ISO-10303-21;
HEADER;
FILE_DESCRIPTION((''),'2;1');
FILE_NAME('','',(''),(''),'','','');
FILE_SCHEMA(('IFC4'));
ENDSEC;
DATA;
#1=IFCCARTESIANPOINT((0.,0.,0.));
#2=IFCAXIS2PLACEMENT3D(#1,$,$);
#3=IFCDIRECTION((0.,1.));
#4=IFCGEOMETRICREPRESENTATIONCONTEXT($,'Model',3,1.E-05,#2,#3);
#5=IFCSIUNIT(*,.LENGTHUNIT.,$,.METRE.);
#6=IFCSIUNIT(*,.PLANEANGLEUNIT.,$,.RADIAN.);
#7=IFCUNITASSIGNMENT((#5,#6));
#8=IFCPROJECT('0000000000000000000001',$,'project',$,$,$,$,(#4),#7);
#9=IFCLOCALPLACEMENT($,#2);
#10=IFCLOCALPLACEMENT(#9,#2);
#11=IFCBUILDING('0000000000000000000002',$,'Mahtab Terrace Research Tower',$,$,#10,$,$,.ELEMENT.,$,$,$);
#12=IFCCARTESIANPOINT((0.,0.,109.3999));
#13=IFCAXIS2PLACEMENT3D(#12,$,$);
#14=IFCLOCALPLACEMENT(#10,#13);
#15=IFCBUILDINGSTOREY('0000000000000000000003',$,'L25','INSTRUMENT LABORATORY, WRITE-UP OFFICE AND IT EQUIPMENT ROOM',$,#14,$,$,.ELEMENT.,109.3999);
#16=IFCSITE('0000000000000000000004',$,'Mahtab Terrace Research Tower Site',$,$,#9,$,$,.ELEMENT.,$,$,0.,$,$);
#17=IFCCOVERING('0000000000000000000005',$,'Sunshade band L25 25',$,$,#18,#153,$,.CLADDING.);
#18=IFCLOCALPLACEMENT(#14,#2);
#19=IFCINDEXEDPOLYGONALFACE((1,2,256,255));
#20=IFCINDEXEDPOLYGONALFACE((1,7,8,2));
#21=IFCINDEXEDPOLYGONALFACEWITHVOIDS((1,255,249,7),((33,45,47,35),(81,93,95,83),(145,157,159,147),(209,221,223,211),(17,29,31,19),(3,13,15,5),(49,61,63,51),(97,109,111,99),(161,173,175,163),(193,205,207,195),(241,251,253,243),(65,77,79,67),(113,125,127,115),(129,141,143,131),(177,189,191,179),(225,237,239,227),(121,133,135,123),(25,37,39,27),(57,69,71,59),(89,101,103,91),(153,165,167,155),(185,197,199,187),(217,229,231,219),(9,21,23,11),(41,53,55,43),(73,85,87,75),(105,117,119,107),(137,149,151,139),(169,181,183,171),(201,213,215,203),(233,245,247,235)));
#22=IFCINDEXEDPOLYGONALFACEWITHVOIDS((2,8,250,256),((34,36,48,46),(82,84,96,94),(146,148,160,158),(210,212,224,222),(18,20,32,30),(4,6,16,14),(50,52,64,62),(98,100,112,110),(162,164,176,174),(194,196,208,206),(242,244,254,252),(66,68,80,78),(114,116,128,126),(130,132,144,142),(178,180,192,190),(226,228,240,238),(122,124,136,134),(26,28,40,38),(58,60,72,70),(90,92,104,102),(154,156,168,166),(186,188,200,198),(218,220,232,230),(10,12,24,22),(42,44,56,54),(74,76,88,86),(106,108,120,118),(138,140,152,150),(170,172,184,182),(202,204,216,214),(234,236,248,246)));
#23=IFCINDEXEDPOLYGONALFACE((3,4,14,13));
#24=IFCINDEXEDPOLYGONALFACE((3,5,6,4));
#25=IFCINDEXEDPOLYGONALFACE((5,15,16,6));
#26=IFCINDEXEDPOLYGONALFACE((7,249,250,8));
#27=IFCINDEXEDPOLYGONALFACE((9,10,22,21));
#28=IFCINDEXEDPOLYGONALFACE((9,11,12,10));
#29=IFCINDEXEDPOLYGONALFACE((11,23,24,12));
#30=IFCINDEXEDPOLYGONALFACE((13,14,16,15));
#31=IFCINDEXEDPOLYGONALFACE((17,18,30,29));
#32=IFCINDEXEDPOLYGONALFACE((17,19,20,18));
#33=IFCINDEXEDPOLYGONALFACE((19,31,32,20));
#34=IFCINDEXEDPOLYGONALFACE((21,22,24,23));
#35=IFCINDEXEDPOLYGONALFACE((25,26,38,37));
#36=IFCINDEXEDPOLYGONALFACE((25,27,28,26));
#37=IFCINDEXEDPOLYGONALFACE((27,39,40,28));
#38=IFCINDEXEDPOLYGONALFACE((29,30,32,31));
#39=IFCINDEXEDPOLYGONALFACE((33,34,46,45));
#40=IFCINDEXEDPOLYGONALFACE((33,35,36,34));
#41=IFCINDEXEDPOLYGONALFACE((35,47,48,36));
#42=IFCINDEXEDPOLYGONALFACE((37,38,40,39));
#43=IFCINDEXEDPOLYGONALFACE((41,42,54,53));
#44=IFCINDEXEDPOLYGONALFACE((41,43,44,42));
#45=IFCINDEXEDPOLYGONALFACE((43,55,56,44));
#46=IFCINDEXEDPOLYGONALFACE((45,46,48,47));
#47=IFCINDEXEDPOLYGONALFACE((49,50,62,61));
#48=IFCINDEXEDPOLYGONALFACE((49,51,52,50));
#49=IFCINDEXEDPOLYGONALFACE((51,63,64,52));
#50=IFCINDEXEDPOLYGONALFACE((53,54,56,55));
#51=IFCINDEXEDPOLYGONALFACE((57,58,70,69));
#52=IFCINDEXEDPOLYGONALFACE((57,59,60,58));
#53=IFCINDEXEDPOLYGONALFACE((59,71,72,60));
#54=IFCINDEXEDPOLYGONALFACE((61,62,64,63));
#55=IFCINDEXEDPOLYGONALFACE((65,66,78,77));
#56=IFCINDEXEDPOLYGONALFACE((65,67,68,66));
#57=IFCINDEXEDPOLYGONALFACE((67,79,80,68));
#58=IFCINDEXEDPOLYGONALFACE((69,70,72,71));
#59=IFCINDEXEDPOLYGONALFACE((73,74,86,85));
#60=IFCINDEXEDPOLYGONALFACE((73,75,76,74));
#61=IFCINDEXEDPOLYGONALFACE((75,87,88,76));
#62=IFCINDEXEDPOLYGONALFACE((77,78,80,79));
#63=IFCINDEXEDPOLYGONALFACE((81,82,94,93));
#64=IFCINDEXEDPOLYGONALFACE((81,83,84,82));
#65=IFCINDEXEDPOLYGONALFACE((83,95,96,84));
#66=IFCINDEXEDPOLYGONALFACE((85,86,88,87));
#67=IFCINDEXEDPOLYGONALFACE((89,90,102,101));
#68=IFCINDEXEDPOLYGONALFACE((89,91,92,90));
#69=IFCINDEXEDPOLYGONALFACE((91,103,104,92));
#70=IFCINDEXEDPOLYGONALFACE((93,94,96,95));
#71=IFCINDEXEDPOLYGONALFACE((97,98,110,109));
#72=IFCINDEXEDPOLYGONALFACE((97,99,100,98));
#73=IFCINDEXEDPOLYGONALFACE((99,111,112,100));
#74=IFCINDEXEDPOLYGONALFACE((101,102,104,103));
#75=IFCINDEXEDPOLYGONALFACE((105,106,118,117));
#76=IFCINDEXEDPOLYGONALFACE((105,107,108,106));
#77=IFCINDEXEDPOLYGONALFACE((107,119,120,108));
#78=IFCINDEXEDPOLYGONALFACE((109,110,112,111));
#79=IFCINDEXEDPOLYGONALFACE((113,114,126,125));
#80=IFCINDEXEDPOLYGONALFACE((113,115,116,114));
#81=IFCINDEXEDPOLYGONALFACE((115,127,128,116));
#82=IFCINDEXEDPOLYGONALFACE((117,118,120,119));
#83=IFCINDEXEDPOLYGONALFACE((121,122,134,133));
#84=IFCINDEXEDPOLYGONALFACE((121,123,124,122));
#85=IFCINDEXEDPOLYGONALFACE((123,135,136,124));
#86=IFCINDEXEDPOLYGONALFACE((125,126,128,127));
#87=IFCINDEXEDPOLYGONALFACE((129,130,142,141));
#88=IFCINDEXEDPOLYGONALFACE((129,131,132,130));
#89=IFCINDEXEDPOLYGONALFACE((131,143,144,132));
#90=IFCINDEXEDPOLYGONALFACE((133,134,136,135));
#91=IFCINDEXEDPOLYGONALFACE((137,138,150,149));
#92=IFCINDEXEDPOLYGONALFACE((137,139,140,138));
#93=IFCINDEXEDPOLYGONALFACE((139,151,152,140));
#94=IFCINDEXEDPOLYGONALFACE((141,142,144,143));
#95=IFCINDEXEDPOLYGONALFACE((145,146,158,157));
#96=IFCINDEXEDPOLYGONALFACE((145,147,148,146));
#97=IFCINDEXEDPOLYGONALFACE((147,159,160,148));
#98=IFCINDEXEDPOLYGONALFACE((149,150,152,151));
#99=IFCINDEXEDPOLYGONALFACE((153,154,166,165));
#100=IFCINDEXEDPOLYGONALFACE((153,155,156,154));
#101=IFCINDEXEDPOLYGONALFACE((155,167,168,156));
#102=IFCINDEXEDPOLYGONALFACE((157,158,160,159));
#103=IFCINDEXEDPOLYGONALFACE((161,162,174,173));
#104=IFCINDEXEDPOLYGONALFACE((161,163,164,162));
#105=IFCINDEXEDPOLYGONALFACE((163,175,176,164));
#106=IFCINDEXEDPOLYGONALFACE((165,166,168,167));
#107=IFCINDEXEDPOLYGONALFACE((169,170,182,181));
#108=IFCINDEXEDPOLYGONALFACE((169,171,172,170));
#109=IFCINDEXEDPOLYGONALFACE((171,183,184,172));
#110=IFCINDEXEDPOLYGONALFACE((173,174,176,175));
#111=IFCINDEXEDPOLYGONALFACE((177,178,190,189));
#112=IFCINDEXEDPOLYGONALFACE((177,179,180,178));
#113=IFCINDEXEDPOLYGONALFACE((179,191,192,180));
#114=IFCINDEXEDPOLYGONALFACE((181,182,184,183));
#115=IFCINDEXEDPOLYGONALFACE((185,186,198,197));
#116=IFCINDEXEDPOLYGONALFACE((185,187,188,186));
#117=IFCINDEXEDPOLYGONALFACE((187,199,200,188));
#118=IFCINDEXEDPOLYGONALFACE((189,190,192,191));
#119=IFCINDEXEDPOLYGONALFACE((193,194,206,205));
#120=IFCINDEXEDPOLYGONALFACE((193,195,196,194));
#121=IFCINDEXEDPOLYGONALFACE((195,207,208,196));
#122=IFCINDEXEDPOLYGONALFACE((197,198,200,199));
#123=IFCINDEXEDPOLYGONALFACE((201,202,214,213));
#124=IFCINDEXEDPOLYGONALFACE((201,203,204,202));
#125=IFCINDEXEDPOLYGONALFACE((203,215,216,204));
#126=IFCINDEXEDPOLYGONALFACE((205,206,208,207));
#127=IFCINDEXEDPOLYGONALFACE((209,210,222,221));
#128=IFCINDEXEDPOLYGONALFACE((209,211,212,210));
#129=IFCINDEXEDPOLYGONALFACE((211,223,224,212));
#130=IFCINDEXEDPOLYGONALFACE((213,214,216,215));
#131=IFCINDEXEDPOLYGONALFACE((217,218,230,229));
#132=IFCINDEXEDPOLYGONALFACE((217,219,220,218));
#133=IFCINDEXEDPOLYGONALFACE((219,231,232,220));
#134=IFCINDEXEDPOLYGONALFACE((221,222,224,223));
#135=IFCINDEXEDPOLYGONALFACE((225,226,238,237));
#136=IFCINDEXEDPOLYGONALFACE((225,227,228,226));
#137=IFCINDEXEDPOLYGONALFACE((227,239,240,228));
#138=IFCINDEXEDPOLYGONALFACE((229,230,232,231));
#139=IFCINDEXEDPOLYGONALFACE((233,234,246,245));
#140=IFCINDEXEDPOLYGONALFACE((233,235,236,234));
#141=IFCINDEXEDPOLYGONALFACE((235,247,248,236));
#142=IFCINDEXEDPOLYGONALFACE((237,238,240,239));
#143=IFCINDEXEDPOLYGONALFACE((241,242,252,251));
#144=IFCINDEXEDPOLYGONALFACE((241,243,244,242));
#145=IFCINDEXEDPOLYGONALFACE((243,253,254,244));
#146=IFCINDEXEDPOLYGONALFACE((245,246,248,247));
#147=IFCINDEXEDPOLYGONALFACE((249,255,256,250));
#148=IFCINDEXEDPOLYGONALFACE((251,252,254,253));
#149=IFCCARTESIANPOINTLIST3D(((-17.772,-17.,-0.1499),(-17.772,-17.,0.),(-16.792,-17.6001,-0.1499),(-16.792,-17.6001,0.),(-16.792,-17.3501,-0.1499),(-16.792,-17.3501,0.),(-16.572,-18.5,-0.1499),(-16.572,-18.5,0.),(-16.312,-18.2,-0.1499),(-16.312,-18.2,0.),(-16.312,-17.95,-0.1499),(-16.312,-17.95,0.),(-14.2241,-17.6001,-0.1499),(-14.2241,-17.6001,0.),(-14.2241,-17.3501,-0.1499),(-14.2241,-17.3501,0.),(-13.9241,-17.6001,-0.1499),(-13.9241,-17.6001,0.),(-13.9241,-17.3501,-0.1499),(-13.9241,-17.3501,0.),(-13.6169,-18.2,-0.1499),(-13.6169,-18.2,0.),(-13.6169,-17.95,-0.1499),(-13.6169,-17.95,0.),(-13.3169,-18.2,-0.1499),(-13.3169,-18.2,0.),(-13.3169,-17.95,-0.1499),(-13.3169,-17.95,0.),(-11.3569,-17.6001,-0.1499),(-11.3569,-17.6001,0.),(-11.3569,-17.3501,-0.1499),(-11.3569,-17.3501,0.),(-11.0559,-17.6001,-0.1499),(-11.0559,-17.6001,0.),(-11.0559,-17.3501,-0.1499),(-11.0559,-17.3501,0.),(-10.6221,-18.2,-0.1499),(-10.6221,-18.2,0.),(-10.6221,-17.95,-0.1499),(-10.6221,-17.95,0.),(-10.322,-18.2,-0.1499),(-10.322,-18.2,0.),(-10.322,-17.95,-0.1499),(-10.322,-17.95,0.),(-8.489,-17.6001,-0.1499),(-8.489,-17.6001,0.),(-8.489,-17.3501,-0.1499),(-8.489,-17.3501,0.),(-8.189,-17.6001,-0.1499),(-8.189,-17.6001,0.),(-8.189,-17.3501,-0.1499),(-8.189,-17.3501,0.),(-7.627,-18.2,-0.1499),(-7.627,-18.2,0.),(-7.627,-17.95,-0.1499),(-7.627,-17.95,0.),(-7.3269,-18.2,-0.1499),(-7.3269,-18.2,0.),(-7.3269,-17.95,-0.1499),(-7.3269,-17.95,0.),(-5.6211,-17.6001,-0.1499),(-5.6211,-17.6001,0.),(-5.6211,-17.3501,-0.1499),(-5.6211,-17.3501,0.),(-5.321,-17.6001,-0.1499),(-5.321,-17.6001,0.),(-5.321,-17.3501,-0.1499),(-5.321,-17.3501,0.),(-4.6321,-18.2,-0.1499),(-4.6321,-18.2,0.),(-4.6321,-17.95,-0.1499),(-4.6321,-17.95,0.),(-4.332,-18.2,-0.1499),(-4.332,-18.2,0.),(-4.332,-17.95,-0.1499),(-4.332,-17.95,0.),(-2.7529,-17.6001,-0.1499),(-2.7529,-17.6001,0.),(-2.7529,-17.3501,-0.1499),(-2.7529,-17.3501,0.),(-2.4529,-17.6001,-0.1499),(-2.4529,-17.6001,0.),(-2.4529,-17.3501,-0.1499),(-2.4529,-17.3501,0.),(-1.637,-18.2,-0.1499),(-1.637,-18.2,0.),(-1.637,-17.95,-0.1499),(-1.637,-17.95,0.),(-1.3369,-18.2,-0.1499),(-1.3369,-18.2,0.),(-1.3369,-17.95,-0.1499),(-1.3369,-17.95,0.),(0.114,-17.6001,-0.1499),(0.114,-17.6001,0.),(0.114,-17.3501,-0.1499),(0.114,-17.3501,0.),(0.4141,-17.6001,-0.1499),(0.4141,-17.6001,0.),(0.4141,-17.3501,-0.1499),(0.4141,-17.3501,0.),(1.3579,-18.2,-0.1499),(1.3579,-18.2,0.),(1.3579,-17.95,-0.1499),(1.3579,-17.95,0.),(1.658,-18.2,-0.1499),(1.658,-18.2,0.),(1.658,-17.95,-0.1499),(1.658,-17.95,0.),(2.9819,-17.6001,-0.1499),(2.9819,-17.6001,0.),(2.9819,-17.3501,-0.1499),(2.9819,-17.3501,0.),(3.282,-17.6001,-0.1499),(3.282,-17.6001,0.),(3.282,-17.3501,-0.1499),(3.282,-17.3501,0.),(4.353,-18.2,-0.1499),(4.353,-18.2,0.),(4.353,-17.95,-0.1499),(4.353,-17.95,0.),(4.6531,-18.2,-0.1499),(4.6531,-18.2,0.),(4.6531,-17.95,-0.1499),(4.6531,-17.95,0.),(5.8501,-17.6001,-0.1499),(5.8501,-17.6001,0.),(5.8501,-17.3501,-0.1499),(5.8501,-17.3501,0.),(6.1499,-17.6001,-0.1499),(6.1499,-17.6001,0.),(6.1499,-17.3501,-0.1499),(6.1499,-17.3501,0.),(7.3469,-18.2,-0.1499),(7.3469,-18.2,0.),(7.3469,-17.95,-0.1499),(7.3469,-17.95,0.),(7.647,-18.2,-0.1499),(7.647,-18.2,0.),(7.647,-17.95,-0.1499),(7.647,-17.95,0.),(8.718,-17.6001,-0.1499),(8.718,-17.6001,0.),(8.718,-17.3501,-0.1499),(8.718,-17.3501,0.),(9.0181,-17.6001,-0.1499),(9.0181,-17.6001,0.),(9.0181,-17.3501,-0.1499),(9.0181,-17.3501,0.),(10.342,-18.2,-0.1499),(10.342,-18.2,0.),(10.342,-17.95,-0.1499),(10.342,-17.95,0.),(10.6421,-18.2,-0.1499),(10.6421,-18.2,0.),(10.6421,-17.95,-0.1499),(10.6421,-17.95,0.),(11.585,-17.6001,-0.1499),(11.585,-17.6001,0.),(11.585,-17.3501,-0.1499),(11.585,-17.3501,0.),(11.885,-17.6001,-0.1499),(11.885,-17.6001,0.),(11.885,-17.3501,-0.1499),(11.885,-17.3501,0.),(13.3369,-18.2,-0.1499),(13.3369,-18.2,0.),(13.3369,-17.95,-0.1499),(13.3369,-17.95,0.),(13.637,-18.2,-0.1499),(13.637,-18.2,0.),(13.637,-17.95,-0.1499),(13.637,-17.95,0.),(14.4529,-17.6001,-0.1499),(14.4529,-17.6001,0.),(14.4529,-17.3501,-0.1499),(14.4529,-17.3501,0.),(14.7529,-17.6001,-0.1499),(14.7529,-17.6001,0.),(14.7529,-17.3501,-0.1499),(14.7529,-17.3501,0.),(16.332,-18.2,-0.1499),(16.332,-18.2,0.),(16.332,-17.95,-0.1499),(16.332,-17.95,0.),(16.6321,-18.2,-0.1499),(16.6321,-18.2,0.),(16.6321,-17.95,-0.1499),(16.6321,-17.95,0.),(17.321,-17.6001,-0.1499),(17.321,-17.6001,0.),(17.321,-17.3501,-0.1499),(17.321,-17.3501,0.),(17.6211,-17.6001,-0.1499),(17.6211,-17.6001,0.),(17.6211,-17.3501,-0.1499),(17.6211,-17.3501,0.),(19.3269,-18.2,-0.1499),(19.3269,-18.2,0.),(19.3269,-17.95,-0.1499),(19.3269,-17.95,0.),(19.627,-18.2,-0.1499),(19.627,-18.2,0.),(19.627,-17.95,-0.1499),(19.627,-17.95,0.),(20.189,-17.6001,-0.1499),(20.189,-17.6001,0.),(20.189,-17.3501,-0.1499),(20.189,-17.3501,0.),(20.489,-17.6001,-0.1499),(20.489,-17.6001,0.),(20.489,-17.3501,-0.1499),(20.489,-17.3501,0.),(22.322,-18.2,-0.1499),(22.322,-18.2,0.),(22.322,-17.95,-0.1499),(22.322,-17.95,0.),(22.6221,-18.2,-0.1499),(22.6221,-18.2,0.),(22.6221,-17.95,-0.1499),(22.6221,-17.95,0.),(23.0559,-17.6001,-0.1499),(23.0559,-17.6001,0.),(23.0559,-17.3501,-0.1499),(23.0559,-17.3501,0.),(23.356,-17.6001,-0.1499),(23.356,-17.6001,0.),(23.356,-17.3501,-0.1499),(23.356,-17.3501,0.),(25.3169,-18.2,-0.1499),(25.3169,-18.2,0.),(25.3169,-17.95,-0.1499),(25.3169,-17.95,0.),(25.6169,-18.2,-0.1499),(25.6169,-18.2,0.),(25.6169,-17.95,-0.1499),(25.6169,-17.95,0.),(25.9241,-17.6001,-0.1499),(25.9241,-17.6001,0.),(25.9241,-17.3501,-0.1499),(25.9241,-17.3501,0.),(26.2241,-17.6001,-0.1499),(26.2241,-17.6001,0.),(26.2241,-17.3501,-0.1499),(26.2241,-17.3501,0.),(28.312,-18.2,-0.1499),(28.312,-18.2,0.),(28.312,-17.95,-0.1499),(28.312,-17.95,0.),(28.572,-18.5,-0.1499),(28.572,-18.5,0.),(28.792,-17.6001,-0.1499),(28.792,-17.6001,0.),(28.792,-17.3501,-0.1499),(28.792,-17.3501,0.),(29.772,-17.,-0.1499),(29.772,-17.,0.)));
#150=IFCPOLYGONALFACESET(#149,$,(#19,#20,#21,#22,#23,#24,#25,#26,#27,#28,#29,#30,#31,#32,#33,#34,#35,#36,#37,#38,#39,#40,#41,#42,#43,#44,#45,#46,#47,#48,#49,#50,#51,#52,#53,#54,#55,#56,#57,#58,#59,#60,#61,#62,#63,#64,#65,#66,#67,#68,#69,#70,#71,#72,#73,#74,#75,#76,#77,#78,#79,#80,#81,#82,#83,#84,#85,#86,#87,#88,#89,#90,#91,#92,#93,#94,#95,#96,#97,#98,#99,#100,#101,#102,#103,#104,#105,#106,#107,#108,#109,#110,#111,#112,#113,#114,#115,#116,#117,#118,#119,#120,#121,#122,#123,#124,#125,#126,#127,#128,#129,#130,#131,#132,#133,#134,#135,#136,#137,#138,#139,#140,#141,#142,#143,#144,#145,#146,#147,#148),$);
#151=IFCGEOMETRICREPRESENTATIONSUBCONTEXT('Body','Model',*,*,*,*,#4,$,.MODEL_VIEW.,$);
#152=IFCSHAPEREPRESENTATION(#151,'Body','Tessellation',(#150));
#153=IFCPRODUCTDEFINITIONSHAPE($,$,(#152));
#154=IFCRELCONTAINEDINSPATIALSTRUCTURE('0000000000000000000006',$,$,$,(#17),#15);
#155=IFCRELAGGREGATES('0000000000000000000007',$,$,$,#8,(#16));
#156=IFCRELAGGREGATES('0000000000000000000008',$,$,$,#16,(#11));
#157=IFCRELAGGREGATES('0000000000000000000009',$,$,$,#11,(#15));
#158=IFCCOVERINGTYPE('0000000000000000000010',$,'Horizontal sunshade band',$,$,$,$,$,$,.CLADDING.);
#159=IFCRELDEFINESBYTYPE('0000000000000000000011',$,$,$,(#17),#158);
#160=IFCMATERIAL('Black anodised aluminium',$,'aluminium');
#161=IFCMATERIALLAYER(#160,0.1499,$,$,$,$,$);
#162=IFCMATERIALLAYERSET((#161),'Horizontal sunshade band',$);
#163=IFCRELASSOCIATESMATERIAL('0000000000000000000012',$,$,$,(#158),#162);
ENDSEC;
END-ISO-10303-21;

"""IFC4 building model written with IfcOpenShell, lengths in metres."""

from ifc_helpers import new_model, si_unit, direction, frame, origin, place, context, subcontext, project, spatial, polyline, outline, extrude, material, layer, layer_set, type_object, element, save


model = new_model("IFC4")

# Units and contexts
model_context = context("Model", 3, precision=1e-05, world=origin(), true_north=direction((0.0, 1.0)))
body_context = subcontext(model_context, "Body", "Model", "MODEL_VIEW")
ifc_project = project(units=[si_unit("LENGTHUNIT", "METRE"), si_unit("PLANEANGLEUNIT", "RADIAN")], contexts=[model_context])

# Site, building, storey
site_placement = place(None, origin())
site = spatial("IfcSite", under=ifc_project, at=site_placement, Name="Mahtab Terrace Research Tower Site", CompositionType="ELEMENT", RefElevation=0.0)
building_placement = place(site_placement, origin())
building = spatial("IfcBuilding", under=site, at=building_placement, Name="Mahtab Terrace Research Tower", CompositionType="ELEMENT")
storey_placement = place(building_placement, frame((0.0, 0.0, 109.3999)))
storey = spatial("IfcBuildingStorey", under=building, at=storey_placement, Name="L25", Description="INSTRUMENT LABORATORY, WRITE-UP OFFICE AND IT EQUIPMENT ROOM", CompositionType="ELEMENT", Elevation=109.3999)

# Covering
ifc_material_1 = material(Name="Black anodised aluminium", Category="aluminium")
ifc_layer_1 = layer(ifc_material_1, 0.1499)
ifc_layer_set_1 = layer_set([ifc_layer_1], Name="Horizontal sunshade band")
covering_type_1 = type_object("IfcCoveringType", Name="Horizontal sunshade band", PredefinedType="CLADDING", material=ifc_layer_set_1)
covering_1_placement = place(storey_placement, frame((0.0, 0.0, -0.1499)))
element("IfcCovering", 1, at=covering_1_placement, inside=storey, type_object=covering_type_1, Name="Sunshade band L25 25", PredefinedType="CLADDING", context=body_context, shape_type="SweptSolid", body=[
    extrude(outline(polyline([(-17.772, -17.0), (29.772, -17.0), (28.572, -18.5), (-16.572, -18.5), (-17.772, -17.0)]), holes=[polyline([(-16.792, -17.3501), (-14.2241, -17.3501), (-14.2241, -17.6001), (-16.792, -17.6001), (-16.792, -17.3501)]), polyline([(-13.9241, -17.3501), (-11.3569, -17.3501), (-11.3569, -17.6001), (-13.9241, -17.6001), (-13.9241, -17.3501)]), polyline([(-11.0559, -17.3501), (-8.489, -17.3501), (-8.489, -17.6001), (-11.0559, -17.6001), (-11.0559, -17.3501)]), polyline([(-8.189, -17.3501), (-5.6211, -17.3501), (-5.6211, -17.6001), (-8.189, -17.6001), (-8.189, -17.3501)]), polyline([(-5.321, -17.3501), (-2.7529, -17.3501), (-2.7529, -17.6001), (-5.321, -17.6001), (-5.321, -17.3501)]), polyline([(-2.4529, -17.3501), (0.114, -17.3501), (0.114, -17.6001), (-2.4529, -17.6001), (-2.4529, -17.3501)]), polyline([(0.4141, -17.3501), (2.9819, -17.3501), (2.9819, -17.6001), (0.4141, -17.6001), (0.4141, -17.3501)]), polyline([(3.282, -17.3501), (5.8501, -17.3501), (5.8501, -17.6001), (3.282, -17.6001), (3.282, -17.3501)]), polyline([(6.1499, -17.3501), (8.718, -17.3501), (8.718, -17.6001), (6.1499, -17.6001), (6.1499, -17.3501)]), polyline([(9.0181, -17.3501), (11.585, -17.3501), (11.585, -17.6001), (9.0181, -17.6001), (9.0181, -17.3501)]), polyline([(11.885, -17.3501), (14.4529, -17.3501), (14.4529, -17.6001), (11.885, -17.6001), (11.885, -17.3501)]), polyline([(14.7529, -17.3501), (17.321, -17.3501), (17.321, -17.6001), (14.7529, -17.6001), (14.7529, -17.3501)]), polyline([(17.6211, -17.3501), (20.189, -17.3501), (20.189, -17.6001), (17.6211, -17.6001), (17.6211, -17.3501)]), polyline([(20.489, -17.3501), (23.0559, -17.3501), (23.0559, -17.6001), (20.489, -17.6001), (20.489, -17.3501)]), polyline([(23.356, -17.3501), (25.9241, -17.3501), (25.9241, -17.6001), (23.356, -17.6001), (23.356, -17.3501)]), polyline([(26.2241, -17.3501), (28.792, -17.3501), (28.792, -17.6001), (26.2241, -17.6001), (26.2241, -17.3501)]), polyline([(-16.312, -17.95), (-13.6169, -17.95), (-13.6169, -18.2), (-16.312, -18.2), (-16.312, -17.95)]), polyline([(-13.3169, -17.95), (-10.6221, -17.95), (-10.6221, -18.2), (-13.3169, -18.2), (-13.3169, -17.95)]), polyline([(-10.322, -17.95), (-7.627, -17.95), (-7.627, -18.2), (-10.322, -18.2), (-10.322, -17.95)]), polyline([(-7.3269, -17.95), (-4.6321, -17.95), (-4.6321, -18.2), (-7.3269, -18.2), (-7.3269, -17.95)]), polyline([(-4.332, -17.95), (-1.637, -17.95), (-1.637, -18.2), (-4.332, -18.2), (-4.332, -17.95)]), polyline([(-1.3369, -17.95), (1.3579, -17.95), (1.3579, -18.2), (-1.3369, -18.2), (-1.3369, -17.95)]), polyline([(1.658, -17.95), (4.353, -17.95), (4.353, -18.2), (1.658, -18.2), (1.658, -17.95)]), polyline([(4.6531, -17.95), (7.3469, -17.95), (7.3469, -18.2), (4.6531, -18.2), (4.6531, -17.95)]), polyline([(7.647, -17.95), (10.342, -17.95), (10.342, -18.2), (7.647, -18.2), (7.647, -17.95)]), polyline([(10.6421, -17.95), (13.3369, -17.95), (13.3369, -18.2), (10.6421, -18.2), (10.6421, -17.95)]), polyline([(13.637, -17.95), (16.332, -17.95), (16.332, -18.2), (13.637, -18.2), (13.637, -17.95)]), polyline([(16.6321, -17.95), (19.3269, -17.95), (19.3269, -18.2), (16.6321, -18.2), (16.6321, -17.95)]), polyline([(19.627, -17.95), (22.322, -17.95), (22.322, -18.2), (19.627, -18.2), (19.627, -17.95)]), polyline([(22.6221, -17.95), (25.3169, -17.95), (25.3169, -18.2), (22.6221, -18.2), (22.6221, -17.95)]), polyline([(25.6169, -17.95), (28.312, -17.95), (28.312, -18.2), (25.6169, -18.2), (25.6169, -17.95)])]), origin(), (0.0, 0.0, 1.0), 0.1499),
])

save(model, "model.ifc")
